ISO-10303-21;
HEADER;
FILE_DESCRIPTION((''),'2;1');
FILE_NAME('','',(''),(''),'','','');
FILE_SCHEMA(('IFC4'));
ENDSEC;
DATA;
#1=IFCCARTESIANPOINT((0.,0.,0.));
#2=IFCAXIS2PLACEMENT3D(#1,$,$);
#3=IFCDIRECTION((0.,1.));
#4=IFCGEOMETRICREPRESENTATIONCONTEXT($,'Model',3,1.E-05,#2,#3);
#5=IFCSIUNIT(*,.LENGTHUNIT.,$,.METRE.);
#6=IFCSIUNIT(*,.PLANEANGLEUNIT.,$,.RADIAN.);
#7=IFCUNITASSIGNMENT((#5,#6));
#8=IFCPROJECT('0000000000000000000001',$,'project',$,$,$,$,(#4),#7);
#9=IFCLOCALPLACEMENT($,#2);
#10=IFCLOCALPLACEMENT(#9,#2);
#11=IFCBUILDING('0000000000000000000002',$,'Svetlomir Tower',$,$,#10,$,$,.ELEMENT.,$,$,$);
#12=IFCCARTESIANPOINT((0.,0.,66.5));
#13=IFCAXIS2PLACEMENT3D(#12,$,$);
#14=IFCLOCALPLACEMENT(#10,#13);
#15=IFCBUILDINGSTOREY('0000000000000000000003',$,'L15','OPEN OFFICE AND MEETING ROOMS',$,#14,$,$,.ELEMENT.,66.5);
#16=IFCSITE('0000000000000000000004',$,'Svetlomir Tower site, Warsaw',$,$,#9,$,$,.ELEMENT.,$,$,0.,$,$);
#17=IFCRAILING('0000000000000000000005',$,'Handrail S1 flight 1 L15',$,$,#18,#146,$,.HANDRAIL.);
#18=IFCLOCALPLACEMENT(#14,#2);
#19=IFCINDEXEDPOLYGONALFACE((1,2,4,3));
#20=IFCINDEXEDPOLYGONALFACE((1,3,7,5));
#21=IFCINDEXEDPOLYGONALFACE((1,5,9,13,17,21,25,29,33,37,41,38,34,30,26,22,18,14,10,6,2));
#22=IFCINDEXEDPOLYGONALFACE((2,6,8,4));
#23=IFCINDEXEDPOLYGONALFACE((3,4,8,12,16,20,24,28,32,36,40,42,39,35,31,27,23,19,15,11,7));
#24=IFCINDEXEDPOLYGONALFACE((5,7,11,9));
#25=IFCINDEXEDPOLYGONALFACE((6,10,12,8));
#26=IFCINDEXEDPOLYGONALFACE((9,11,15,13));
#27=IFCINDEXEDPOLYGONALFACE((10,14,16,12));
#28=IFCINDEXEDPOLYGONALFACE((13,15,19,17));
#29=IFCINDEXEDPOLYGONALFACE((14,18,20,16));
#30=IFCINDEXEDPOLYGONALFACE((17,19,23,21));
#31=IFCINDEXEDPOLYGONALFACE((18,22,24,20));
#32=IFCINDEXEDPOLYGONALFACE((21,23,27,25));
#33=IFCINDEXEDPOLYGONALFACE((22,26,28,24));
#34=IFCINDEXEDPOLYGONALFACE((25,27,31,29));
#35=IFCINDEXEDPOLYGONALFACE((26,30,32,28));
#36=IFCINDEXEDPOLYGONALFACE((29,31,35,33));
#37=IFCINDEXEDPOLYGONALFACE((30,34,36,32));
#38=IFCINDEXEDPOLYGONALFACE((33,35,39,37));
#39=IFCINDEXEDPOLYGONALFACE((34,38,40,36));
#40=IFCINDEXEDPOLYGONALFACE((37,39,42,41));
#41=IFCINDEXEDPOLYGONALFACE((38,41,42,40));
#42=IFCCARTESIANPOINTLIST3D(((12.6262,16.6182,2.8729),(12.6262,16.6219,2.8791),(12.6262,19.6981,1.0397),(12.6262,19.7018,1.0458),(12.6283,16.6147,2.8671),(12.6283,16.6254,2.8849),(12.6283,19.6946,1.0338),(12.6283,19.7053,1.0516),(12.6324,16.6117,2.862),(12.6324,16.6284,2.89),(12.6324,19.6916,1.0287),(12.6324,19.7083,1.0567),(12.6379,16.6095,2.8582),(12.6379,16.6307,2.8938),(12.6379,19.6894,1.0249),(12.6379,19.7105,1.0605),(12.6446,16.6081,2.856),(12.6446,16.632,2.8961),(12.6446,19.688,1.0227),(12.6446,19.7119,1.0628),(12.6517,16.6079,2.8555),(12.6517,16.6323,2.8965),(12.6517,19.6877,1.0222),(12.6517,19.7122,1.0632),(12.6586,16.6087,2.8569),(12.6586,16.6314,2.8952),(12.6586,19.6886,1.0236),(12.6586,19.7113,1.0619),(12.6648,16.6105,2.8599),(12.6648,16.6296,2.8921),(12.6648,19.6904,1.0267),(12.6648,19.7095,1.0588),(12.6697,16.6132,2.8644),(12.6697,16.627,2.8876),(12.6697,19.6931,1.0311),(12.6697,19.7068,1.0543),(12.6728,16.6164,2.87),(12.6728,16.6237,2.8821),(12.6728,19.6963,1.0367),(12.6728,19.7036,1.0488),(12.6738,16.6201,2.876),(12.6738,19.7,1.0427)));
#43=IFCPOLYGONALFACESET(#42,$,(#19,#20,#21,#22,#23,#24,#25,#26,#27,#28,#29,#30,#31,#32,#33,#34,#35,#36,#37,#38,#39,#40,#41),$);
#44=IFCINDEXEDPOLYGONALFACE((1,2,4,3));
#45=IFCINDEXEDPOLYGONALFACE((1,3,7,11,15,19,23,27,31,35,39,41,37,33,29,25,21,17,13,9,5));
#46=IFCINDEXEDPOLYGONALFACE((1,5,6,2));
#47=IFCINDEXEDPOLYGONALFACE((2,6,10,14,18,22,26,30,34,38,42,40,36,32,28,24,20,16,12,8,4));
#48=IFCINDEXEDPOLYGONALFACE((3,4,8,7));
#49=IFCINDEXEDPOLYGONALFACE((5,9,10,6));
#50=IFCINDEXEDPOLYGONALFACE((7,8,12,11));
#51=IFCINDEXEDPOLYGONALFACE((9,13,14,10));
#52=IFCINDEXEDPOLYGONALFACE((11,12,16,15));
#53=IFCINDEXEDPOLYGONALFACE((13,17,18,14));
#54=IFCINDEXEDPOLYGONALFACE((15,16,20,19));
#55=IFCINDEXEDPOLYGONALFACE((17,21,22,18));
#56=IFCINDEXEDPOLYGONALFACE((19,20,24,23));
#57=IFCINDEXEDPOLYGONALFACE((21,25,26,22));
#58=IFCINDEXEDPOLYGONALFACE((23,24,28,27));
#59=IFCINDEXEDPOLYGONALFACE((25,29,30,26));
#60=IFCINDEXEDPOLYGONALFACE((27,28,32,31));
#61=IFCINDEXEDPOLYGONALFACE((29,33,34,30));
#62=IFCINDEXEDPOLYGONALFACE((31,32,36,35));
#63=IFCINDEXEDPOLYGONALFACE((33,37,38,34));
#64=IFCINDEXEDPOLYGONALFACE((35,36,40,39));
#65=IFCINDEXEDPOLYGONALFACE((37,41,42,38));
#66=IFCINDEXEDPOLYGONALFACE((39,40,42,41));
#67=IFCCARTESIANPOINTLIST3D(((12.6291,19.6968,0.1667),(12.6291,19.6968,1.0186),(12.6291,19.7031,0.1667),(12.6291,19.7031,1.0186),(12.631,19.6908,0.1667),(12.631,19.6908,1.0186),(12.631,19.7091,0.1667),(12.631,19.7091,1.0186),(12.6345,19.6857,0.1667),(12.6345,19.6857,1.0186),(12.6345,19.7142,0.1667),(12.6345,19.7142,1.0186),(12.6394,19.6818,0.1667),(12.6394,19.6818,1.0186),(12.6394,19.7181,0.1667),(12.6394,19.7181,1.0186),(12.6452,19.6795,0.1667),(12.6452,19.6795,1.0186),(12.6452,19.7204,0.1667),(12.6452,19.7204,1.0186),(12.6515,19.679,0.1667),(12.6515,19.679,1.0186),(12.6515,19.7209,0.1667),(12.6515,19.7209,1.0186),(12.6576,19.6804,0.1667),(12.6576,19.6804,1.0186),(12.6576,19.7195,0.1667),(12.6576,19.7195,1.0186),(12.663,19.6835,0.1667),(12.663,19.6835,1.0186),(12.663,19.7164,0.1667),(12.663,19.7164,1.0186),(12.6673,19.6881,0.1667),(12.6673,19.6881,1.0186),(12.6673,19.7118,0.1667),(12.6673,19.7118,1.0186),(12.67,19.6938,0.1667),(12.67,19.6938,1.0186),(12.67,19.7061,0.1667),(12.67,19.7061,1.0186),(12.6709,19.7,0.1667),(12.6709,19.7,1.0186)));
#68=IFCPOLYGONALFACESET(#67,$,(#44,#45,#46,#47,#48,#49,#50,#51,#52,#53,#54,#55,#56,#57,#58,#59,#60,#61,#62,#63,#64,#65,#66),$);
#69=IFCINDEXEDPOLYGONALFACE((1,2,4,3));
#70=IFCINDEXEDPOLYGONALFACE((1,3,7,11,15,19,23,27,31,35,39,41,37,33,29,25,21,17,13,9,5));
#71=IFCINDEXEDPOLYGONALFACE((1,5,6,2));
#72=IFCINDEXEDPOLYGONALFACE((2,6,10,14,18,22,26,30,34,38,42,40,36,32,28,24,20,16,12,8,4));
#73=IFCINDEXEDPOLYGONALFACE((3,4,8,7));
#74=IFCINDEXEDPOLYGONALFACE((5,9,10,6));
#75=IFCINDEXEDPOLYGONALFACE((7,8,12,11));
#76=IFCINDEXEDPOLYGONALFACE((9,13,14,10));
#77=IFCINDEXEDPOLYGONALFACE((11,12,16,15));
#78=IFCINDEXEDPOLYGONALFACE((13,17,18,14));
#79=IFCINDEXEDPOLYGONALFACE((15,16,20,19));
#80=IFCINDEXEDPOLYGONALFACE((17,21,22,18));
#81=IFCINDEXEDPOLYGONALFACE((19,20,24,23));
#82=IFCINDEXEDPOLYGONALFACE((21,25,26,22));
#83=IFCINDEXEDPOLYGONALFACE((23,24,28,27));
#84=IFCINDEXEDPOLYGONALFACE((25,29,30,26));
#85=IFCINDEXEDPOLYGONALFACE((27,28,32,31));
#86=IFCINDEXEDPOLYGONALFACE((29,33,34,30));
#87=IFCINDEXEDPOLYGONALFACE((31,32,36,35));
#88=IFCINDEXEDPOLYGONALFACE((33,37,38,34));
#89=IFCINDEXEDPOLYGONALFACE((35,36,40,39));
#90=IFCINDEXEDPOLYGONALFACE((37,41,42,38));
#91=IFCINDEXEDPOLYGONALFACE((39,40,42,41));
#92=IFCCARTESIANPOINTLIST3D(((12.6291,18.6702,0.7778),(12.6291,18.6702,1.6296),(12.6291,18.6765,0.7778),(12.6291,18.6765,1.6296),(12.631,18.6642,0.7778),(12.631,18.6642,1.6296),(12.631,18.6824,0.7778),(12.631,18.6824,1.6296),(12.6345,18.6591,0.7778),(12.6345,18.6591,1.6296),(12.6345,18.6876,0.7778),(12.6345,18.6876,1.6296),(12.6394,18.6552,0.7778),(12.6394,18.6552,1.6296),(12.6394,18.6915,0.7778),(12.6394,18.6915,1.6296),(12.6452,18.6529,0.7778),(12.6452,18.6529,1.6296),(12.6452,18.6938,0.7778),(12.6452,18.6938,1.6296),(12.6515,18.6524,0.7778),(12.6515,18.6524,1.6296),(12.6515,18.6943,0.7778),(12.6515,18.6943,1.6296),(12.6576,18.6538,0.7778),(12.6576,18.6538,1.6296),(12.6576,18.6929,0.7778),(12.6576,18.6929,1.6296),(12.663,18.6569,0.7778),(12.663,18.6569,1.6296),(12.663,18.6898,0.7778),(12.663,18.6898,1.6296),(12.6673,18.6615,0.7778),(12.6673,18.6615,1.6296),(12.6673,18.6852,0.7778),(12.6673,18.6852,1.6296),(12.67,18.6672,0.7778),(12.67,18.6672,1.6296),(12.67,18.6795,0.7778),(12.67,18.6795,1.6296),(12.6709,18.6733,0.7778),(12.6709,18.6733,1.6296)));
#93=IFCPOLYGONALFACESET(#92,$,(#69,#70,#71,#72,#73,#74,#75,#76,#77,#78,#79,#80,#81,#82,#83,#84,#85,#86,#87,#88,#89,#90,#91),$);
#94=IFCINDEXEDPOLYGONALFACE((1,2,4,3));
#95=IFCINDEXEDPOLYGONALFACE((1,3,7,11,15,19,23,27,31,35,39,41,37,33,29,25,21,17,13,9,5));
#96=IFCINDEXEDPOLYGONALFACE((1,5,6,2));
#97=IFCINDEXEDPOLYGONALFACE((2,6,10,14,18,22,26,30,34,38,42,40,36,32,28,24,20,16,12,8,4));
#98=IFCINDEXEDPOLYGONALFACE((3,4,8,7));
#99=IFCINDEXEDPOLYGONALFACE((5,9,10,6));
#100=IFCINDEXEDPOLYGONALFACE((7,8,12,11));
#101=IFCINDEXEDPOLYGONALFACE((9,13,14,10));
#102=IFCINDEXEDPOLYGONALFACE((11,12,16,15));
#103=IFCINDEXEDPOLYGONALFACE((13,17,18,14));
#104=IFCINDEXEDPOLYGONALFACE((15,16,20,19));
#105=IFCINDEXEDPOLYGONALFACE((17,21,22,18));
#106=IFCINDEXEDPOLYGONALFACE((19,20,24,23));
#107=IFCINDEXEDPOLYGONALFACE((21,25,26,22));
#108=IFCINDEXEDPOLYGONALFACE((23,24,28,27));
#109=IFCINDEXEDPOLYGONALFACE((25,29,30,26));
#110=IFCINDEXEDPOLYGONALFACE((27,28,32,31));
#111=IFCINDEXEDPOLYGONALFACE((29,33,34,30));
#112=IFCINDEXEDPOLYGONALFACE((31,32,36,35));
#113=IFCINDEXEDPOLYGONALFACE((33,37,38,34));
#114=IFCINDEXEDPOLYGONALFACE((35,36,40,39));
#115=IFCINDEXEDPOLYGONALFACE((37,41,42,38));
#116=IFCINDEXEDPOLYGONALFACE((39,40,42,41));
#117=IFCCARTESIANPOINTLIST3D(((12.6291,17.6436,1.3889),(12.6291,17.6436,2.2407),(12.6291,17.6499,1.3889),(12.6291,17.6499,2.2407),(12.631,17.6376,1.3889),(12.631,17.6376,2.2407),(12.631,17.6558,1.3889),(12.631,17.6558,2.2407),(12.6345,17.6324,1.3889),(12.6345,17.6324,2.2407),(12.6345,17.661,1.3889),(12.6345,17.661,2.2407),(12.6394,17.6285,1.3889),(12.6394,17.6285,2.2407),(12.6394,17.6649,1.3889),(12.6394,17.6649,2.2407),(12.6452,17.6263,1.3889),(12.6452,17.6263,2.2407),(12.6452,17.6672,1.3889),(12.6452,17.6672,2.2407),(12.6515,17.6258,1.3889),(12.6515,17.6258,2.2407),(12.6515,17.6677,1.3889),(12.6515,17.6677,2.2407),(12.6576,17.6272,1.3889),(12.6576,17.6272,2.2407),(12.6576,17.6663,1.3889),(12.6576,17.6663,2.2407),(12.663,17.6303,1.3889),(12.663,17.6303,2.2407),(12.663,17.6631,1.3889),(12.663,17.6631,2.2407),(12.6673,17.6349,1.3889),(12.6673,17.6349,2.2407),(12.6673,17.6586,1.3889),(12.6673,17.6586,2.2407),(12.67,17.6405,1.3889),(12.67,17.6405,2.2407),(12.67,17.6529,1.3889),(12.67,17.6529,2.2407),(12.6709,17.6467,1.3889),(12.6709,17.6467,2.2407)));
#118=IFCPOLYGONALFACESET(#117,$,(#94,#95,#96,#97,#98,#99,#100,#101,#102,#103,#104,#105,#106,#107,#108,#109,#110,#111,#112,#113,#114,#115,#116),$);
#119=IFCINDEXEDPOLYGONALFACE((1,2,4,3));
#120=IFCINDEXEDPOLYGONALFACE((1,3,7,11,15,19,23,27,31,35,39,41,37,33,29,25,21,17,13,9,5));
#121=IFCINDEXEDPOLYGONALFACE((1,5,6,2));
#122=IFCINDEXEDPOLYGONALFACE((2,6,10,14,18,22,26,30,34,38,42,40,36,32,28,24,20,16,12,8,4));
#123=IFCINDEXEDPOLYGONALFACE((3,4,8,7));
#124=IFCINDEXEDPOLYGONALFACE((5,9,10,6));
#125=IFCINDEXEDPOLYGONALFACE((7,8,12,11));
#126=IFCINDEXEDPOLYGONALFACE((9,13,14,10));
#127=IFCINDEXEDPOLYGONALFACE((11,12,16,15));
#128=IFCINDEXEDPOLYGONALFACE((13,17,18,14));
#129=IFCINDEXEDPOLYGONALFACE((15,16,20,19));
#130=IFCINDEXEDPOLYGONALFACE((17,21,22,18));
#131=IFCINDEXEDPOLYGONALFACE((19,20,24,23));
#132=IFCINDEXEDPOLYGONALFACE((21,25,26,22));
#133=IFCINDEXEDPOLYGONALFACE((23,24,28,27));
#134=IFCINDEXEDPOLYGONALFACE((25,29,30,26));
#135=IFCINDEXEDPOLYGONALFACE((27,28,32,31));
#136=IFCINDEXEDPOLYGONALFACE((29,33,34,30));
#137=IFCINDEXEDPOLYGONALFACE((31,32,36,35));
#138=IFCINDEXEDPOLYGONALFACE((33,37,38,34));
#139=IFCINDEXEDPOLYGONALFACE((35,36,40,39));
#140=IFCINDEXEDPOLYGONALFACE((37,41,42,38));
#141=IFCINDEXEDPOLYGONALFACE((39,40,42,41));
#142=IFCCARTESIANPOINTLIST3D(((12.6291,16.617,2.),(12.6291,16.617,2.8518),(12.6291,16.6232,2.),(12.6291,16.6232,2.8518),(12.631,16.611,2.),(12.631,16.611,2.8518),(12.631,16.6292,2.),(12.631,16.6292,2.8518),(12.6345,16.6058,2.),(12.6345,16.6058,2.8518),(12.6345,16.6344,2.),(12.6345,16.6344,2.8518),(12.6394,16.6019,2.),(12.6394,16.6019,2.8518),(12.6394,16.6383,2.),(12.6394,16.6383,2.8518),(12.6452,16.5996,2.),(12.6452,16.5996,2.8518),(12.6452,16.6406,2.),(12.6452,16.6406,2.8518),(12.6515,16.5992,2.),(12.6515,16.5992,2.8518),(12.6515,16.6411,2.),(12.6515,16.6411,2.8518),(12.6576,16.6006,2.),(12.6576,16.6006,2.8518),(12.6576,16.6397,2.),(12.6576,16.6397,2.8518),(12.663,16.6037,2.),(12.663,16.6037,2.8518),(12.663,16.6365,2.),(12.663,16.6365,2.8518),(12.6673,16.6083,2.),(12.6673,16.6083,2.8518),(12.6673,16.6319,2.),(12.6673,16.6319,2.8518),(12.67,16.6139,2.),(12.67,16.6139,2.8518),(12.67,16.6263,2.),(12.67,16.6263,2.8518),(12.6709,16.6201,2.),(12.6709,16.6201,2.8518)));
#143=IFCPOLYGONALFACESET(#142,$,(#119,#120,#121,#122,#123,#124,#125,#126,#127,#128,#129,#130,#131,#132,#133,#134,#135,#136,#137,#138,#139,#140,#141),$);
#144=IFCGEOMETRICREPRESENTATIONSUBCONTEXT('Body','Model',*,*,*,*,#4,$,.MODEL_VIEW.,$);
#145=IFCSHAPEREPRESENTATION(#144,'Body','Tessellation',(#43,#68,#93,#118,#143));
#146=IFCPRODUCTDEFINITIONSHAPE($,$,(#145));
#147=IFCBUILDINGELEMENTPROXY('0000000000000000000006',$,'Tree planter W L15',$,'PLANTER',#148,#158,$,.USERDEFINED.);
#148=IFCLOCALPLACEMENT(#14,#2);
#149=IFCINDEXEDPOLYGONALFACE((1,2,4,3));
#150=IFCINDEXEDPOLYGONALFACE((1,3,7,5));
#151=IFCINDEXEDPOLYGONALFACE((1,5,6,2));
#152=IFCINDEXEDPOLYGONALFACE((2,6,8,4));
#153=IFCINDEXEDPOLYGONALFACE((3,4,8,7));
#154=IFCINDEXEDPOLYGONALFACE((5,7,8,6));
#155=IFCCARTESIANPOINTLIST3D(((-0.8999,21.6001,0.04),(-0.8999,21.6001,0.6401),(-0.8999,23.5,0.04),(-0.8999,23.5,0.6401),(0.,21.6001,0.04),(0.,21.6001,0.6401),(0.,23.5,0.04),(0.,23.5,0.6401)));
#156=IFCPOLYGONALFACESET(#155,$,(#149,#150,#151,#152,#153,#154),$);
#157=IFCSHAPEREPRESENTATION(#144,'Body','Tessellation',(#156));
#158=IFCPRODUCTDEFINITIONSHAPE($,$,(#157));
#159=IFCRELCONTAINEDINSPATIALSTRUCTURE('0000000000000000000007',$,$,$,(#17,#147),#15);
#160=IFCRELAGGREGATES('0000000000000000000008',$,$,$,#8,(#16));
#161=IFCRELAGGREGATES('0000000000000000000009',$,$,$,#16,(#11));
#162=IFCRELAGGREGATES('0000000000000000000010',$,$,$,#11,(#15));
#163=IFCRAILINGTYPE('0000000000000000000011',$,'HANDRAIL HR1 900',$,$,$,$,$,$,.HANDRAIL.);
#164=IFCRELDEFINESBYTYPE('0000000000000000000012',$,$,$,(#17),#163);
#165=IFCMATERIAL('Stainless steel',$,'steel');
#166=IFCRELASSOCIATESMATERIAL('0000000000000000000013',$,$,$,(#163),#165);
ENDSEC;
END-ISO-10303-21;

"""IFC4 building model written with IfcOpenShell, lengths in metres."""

from ifc_helpers import new_model, si_unit, direction, frame, origin, origin_2d, place, context, subcontext, project, spatial, rectangle, circle, extrude, material, type_object, element, save


model = new_model("IFC4")

# Units and contexts
model_context = context("Model", 3, precision=1e-05, world=origin(), true_north=direction((0.0, 1.0)))
body_context = subcontext(model_context, "Body", "Model", "MODEL_VIEW")
ifc_project = project(units=[si_unit("LENGTHUNIT", "METRE"), si_unit("PLANEANGLEUNIT", "RADIAN")], contexts=[model_context])

# Site, building, storey
site_placement = place(None, origin())
site = spatial("IfcSite", under=ifc_project, at=site_placement, Name="Svetlomir Tower site, Warsaw", CompositionType="ELEMENT", RefElevation=0.0)
building_placement = place(site_placement, origin())
building = spatial("IfcBuilding", under=site, at=building_placement, Name="Svetlomir Tower", CompositionType="ELEMENT")
storey_placement = place(building_placement, frame((0.0, 0.0, 66.5)))
storey = spatial("IfcBuildingStorey", under=building, at=storey_placement, Name="L15", Description="OPEN OFFICE AND MEETING ROOMS", CompositionType="ELEMENT", Elevation=66.5)

# Railing
ifc_material_1 = material(Name="Stainless steel", Category="steel")
railing_type_1 = type_object("IfcRailingType", Name="HANDRAIL HR1 900", PredefinedType="HANDRAIL", material=ifc_material_1)
railing_1_placement = place(storey_placement, frame((12.6499, 19.7, 0.1667)))
element("IfcRailing", 1, at=railing_1_placement, inside=storey, type_object=railing_type_1, Name="Handrail S1 flight 1 L15", PredefinedType="HANDRAIL", context=body_context, shape_type="SweptSolid", body=[
    extrude(circle(Radius=0.0239, at=origin_2d()), frame((0.0, 0.0, 0.876), z_axis=(0.0, -0.859291, 0.511487), x_axis=(1.0, 0.0, 0.0)), (0.0, 0.0, 1.0), 3.5842),
    extrude(circle(Radius=0.021, at=origin_2d()), origin(), (0.0, 0.0, 1.0), 0.8518),
    extrude(circle(Radius=0.021, at=origin_2d()), frame((0.0, -1.0266, 0.6111)), (0.0, 0.0, 1.0), 0.8518),
    extrude(circle(Radius=0.021, at=origin_2d()), frame((0.0, -2.0532, 1.2222)), (0.0, 0.0, 1.0), 0.8518),
    extrude(circle(Radius=0.021, at=origin_2d()), frame((0.0, -3.0798, 1.8333)), (0.0, 0.0, 1.0), 0.8518),
])

# Building element proxy
proxy_placement = place(storey_placement, frame((-0.45, 22.55, 0.04), z_axis=(0.0, 0.0, 1.0), x_axis=(1.0, 0.0, 0.0)))
element("IfcBuildingElementProxy", 2, at=proxy_placement, inside=storey, Name="Tree planter W L15", ObjectType="PLANTER", PredefinedType="USERDEFINED", context=body_context, shape_type="SweptSolid", body=[
    extrude(rectangle(XDim=0.8999, YDim=1.8999, at=origin_2d()), origin(), (0.0, 0.0, 1.0), 0.6001),
])

save(model, "model.ifc")
